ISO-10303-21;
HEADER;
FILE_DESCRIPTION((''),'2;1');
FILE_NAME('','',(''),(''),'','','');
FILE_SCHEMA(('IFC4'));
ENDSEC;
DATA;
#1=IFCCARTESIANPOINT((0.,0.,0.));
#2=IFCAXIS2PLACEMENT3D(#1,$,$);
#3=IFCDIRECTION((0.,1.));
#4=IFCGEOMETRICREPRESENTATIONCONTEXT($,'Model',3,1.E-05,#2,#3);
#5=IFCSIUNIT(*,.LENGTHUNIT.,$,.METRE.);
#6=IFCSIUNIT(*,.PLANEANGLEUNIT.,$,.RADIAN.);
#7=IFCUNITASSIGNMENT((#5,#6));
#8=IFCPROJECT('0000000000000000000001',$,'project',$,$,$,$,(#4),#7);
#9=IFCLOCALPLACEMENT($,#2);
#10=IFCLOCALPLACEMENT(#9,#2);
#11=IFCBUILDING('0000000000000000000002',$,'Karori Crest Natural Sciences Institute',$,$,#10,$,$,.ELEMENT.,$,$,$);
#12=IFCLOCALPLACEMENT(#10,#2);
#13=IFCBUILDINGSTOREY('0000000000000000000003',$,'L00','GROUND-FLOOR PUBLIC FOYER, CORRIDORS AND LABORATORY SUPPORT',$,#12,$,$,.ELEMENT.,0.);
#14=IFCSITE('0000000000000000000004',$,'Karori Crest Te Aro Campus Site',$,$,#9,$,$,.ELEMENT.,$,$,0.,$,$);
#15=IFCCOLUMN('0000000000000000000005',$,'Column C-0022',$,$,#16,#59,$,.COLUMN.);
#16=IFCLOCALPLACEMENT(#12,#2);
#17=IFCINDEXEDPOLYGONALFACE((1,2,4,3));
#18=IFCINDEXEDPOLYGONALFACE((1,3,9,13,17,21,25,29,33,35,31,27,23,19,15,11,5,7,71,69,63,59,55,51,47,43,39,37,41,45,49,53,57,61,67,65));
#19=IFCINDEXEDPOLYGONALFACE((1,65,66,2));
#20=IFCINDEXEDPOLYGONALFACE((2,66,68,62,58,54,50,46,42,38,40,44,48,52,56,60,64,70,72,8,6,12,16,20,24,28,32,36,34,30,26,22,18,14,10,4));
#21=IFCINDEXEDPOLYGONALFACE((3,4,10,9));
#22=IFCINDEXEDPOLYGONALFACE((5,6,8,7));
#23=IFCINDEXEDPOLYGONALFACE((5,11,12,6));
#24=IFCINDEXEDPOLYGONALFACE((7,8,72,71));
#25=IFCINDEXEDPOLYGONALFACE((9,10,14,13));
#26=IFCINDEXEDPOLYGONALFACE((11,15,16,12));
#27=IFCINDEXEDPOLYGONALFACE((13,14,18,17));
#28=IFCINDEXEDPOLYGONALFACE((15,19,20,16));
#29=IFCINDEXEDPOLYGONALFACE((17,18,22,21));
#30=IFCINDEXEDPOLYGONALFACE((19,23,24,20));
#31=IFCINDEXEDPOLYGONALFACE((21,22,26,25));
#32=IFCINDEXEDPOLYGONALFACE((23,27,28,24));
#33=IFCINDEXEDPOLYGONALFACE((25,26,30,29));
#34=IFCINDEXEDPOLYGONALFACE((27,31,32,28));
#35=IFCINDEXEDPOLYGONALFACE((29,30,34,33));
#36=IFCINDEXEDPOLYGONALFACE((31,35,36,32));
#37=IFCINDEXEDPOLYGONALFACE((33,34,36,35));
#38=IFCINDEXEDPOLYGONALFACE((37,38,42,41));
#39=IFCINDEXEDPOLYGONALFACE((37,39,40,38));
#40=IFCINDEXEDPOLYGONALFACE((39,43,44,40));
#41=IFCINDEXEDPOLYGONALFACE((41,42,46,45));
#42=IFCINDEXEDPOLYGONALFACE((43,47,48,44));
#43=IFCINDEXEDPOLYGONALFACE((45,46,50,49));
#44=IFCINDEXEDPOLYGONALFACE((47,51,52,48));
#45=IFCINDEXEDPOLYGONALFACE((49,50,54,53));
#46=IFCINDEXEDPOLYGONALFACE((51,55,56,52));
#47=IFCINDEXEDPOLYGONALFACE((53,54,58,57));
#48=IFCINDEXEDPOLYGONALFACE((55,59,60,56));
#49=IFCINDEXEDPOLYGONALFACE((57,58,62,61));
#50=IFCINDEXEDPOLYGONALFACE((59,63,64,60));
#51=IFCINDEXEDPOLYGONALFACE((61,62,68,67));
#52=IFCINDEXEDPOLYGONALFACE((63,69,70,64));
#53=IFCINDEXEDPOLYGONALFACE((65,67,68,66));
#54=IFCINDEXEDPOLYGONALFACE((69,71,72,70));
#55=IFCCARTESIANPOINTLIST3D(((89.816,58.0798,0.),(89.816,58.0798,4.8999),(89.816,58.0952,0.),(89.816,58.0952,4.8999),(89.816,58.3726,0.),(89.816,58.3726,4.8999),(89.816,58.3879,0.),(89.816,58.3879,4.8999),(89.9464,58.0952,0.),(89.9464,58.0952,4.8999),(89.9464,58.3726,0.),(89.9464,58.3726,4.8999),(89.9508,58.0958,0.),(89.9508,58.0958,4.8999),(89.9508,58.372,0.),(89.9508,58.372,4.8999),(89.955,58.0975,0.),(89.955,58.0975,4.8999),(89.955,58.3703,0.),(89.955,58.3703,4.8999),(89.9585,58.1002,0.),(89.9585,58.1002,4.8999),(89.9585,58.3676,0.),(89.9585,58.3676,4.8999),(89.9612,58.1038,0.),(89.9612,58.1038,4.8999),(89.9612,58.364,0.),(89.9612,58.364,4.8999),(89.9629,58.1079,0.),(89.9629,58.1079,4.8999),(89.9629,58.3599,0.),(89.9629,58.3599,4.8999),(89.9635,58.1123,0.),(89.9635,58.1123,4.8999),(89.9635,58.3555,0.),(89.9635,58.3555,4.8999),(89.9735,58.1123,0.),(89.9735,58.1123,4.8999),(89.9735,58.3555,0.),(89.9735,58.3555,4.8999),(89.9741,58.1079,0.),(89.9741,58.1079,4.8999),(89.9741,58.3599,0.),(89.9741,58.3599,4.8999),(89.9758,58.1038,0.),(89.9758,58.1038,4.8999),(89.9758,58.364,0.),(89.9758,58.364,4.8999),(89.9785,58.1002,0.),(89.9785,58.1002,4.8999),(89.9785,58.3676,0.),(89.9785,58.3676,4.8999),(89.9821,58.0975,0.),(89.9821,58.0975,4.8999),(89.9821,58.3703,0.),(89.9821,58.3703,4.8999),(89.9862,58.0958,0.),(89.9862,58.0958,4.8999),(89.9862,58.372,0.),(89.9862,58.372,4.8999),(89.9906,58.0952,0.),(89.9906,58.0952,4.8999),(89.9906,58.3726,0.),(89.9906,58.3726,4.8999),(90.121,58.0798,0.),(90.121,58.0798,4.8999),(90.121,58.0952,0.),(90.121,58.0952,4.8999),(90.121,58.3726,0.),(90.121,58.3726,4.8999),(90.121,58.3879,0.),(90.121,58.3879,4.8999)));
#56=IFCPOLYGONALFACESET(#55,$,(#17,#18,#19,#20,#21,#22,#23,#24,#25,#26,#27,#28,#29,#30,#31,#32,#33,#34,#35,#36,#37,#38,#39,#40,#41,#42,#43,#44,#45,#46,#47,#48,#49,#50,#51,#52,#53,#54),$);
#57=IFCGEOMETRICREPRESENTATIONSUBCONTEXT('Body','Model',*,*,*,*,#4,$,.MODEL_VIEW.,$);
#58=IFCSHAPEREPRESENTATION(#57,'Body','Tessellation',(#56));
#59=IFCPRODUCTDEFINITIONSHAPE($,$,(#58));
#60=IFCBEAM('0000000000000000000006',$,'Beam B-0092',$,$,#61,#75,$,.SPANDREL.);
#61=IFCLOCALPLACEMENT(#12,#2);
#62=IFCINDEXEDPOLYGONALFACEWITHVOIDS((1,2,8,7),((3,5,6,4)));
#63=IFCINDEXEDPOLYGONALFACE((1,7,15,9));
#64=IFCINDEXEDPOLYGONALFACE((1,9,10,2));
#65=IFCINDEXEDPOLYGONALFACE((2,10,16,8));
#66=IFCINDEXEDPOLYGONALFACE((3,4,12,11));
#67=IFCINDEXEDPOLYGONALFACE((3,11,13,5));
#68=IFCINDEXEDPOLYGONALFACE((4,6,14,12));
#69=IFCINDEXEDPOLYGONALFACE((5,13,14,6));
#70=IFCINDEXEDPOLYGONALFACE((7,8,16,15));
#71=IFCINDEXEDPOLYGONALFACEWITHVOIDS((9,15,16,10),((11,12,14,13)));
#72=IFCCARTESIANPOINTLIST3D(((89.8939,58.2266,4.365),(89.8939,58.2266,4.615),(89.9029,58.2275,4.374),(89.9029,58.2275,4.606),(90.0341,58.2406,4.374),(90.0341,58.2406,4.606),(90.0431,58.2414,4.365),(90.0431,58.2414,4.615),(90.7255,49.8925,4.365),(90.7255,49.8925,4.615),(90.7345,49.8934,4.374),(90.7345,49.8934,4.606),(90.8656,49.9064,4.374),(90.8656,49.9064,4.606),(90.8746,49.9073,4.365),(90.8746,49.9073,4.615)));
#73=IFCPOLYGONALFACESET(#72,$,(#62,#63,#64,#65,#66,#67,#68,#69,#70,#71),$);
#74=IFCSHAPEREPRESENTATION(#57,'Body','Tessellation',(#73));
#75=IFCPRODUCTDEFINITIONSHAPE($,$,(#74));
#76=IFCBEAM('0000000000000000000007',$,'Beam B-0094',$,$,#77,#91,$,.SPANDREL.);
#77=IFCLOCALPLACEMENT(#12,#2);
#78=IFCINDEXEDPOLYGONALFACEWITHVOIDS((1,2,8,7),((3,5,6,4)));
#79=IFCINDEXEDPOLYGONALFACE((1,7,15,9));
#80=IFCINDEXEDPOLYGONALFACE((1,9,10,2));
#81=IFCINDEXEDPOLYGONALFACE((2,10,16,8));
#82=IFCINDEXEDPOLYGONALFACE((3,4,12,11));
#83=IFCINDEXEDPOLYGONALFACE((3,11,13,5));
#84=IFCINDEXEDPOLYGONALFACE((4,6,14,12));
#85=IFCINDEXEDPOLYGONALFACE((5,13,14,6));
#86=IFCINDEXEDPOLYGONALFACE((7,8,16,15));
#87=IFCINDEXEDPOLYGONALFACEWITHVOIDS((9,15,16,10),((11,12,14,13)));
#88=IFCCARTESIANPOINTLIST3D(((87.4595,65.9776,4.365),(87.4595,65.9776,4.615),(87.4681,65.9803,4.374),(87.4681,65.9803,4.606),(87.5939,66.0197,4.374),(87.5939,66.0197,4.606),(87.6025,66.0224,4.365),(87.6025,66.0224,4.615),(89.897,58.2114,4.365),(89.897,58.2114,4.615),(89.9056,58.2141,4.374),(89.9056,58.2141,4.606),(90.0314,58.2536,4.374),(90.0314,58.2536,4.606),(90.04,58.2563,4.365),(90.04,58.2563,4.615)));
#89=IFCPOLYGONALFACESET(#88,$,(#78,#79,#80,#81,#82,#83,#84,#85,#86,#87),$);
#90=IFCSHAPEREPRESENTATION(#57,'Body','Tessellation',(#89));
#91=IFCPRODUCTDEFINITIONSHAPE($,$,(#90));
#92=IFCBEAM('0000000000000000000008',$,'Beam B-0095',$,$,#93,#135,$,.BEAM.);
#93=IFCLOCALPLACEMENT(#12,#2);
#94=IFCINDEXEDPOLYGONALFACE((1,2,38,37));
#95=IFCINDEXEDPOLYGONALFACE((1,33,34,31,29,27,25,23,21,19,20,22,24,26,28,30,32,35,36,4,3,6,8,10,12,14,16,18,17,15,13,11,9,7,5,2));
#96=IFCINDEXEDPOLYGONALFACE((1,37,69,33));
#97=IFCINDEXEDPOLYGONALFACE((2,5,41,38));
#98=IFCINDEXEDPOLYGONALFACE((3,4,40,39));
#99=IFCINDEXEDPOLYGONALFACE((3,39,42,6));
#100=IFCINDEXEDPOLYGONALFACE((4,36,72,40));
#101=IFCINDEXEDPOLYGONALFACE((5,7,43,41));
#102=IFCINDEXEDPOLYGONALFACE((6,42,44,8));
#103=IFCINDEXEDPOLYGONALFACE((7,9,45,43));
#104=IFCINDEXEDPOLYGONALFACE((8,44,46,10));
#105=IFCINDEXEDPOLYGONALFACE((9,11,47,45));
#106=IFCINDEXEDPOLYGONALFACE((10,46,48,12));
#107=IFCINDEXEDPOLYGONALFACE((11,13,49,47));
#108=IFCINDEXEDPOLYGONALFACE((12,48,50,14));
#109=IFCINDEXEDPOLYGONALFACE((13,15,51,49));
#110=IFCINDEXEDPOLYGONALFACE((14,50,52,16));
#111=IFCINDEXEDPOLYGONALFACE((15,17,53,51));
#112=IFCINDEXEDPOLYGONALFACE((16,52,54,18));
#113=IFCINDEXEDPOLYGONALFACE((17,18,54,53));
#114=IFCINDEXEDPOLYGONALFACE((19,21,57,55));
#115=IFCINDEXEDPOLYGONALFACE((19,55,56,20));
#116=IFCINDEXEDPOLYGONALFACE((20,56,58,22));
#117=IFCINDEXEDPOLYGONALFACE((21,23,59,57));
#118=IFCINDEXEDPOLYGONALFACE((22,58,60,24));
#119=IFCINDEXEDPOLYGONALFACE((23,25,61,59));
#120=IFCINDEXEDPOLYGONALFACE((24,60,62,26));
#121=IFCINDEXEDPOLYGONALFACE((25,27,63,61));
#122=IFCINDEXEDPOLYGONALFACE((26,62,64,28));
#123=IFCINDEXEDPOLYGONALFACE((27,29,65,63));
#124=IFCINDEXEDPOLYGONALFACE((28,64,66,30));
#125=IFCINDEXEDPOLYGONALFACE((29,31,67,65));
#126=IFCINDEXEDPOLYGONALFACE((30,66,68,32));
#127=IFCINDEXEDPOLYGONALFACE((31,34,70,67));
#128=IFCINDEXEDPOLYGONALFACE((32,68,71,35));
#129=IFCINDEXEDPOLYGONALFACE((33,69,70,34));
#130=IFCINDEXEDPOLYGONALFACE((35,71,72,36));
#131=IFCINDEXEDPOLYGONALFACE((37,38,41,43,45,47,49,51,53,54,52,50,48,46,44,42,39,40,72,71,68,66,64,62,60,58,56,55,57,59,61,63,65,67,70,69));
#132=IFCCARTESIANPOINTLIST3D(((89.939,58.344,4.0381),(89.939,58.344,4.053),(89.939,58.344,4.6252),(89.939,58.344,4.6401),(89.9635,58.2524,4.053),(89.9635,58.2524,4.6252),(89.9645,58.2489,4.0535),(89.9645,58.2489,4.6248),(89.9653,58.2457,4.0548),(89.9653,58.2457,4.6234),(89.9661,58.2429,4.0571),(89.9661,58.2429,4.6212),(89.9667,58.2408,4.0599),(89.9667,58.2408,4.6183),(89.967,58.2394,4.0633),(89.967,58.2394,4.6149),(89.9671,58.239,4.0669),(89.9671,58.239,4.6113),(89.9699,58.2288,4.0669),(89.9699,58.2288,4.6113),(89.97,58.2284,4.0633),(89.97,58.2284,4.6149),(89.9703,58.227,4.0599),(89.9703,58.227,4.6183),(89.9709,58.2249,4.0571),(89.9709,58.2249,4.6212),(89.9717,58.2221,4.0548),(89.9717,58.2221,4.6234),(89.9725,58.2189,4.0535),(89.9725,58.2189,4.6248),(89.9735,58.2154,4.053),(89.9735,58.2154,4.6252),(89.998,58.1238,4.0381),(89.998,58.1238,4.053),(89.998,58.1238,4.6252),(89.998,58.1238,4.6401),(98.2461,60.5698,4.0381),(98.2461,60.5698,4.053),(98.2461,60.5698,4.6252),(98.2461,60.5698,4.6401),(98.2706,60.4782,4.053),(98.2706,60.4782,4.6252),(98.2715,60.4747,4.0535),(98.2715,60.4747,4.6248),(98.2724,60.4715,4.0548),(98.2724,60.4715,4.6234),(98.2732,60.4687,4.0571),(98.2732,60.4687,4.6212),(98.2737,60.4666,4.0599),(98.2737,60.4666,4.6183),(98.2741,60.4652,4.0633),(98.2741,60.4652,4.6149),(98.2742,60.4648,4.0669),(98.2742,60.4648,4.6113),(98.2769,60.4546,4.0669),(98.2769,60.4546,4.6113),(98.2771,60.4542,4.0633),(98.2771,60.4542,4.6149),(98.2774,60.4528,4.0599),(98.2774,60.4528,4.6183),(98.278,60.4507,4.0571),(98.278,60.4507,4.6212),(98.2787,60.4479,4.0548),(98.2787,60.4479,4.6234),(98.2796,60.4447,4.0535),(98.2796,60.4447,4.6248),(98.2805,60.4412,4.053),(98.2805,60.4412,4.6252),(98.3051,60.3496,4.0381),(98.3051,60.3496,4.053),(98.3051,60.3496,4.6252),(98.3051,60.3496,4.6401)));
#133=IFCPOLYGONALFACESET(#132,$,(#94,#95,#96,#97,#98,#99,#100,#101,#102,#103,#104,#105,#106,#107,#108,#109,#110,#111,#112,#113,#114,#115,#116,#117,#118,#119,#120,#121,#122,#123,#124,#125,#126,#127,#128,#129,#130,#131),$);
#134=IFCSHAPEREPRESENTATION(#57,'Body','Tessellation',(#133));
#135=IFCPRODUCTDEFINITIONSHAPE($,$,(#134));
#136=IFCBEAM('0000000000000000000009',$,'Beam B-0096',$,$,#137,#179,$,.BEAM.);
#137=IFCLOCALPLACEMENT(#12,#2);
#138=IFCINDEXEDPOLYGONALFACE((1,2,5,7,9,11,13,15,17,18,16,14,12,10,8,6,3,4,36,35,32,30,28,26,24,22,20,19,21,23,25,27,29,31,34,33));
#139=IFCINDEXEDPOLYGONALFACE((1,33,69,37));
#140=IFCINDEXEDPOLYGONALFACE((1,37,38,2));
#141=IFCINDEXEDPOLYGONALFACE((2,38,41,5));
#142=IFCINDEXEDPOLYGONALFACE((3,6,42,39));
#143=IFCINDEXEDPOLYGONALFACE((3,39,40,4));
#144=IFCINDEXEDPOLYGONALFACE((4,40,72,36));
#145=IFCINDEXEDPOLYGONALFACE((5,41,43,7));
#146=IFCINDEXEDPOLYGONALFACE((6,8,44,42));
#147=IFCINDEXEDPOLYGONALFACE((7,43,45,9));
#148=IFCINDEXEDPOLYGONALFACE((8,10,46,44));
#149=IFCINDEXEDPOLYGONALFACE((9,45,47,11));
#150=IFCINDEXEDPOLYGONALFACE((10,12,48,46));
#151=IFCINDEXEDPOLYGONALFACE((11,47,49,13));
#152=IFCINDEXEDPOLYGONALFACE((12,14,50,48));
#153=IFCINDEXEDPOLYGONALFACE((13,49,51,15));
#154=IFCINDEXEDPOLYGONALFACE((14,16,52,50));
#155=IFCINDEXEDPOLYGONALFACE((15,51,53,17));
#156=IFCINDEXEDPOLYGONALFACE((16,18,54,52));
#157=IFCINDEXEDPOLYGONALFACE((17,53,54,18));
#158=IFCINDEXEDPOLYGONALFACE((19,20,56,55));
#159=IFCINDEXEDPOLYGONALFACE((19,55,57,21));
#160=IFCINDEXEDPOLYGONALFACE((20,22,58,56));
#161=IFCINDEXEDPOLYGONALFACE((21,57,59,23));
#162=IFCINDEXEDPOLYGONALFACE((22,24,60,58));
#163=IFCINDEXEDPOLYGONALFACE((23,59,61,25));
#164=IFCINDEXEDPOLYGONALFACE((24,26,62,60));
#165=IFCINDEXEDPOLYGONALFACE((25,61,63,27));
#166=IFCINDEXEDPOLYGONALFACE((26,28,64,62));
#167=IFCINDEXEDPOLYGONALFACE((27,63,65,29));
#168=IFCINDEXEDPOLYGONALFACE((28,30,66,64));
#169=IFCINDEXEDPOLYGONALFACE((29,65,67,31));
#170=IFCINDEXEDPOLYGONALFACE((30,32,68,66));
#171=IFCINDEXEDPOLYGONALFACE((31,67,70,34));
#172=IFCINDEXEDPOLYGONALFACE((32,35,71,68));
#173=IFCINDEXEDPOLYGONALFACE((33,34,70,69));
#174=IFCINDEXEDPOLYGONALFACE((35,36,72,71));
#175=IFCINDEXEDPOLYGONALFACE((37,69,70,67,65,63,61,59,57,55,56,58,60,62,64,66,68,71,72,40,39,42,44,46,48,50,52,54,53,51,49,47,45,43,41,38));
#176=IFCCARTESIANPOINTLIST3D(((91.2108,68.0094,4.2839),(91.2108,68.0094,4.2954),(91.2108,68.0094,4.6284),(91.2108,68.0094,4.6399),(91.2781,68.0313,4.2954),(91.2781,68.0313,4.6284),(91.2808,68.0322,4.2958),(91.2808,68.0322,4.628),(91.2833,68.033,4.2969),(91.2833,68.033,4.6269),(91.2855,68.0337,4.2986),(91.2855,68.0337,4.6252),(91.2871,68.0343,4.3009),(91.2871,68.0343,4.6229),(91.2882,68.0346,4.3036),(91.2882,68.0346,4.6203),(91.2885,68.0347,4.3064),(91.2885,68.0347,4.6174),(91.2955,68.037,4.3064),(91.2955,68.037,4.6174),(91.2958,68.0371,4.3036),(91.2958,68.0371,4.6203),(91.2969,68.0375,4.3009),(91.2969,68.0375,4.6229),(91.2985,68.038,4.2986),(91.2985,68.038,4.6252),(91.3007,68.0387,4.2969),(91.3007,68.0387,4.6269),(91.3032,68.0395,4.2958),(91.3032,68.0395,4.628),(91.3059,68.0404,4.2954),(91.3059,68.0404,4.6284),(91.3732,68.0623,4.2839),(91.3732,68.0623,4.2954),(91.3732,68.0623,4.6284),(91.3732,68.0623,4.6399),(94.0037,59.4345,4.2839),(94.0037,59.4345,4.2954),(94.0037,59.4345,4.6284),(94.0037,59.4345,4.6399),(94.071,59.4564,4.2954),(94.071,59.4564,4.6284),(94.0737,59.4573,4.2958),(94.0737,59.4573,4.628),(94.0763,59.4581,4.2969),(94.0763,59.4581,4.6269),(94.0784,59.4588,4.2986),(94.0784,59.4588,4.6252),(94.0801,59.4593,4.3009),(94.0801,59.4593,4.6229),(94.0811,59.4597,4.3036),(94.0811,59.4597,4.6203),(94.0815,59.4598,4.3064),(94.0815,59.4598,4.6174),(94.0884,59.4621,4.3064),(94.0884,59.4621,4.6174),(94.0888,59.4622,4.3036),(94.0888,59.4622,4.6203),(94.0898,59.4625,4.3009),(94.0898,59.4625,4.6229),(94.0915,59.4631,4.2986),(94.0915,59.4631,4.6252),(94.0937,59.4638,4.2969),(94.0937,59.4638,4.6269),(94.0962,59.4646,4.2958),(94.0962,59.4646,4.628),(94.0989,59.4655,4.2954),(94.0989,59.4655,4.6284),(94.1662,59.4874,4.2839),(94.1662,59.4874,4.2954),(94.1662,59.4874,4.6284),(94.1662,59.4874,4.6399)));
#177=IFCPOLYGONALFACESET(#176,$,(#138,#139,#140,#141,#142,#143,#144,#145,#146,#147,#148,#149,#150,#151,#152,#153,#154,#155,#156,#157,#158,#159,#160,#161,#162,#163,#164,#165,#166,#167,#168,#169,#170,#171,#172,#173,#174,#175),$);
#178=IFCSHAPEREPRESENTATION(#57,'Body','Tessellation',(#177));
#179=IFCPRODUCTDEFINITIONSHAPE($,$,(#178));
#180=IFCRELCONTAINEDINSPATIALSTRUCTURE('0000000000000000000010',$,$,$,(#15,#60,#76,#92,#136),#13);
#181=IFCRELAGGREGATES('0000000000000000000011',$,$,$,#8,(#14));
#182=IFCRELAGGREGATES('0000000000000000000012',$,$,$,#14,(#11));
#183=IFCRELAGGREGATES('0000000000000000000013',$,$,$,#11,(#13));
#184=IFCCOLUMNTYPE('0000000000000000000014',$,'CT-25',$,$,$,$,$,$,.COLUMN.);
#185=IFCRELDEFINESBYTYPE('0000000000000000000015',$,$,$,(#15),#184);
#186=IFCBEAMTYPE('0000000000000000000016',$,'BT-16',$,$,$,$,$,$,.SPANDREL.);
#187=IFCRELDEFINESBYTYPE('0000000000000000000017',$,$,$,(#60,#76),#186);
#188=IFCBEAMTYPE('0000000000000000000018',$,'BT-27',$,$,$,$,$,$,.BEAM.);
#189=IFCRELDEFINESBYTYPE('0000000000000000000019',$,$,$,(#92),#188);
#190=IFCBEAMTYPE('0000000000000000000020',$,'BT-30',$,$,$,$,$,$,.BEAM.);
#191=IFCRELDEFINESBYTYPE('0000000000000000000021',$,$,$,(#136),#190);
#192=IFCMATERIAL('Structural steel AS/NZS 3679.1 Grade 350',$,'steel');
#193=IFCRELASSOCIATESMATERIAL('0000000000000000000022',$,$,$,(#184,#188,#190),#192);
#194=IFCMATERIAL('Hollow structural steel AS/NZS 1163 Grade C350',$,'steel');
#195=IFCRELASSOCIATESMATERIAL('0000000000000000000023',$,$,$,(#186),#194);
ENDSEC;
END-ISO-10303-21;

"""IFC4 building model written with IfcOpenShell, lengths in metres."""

from ifc_helpers import new_model, si_unit, direction, frame, origin, origin_2d, place, context, subcontext, project, spatial, hollow_rectangle, i_section, extrude, material, material_profile, profile_set, type_object, element, save


model = new_model("IFC4")

# Units and contexts
model_context = context("Model", 3, precision=1e-05, world=origin(), true_north=direction((0.0, 1.0)))
body_context = subcontext(model_context, "Body", "Model", "MODEL_VIEW")
ifc_project = project(units=[si_unit("LENGTHUNIT", "METRE"), si_unit("PLANEANGLEUNIT", "RADIAN")], contexts=[model_context])

# Site, building, storey
site_placement = place(None, origin())
site = spatial("IfcSite", under=ifc_project, at=site_placement, Name="Karori Crest Te Aro Campus Site", CompositionType="ELEMENT", RefElevation=0.0)
building_placement = place(site_placement, origin())
building = spatial("IfcBuilding", under=site, at=building_placement, Name="Karori Crest Natural Sciences Institute", CompositionType="ELEMENT")
storey_placement = place(building_placement, origin())
storey = spatial("IfcBuildingStorey", under=building, at=storey_placement, Name="L00", Description="GROUND-FLOOR PUBLIC FOYER, CORRIDORS AND LABORATORY SUPPORT", CompositionType="ELEMENT", Elevation=0.0)

# Column
ifc_material_1 = material(Name="Structural steel AS/NZS 3679.1 Grade 350", Category="steel")
ifc_material_profile_1 = material_profile(ifc_material_1, i_section(OverallWidth=0.3049, OverallDepth=0.3081, WebThickness=0.01, FlangeThickness=0.0154, FilletRadius=0.0171, at=origin_2d()), Name="310UC96.8")
ifc_profile_set_1 = profile_set([ifc_material_profile_1], Name="Structural steel AS/NZS 3679.1 Grade 350")
column_type = type_object("IfcColumnType", Name="CT-25", PredefinedType="COLUMN", material=ifc_profile_set_1)
column_placement = place(storey_placement, frame((89.9685, 58.2339, 0.0), z_axis=(0.0, 0.0, 1.0), x_axis=(1.0, 0.0, 0.0)))
element("IfcColumn", 1, at=column_placement, inside=storey, type_object=column_type, Name="Column C-0022", PredefinedType="COLUMN", context=body_context, shape_type="SweptSolid", body=[
    extrude(i_section(OverallWidth=0.3049, OverallDepth=0.3081, WebThickness=0.01, FlangeThickness=0.0154, FilletRadius=0.0171, at=origin_2d()), origin(), (0.0, 0.0, 1.0), 4.8999),
])

# Beams
ifc_material_2 = material(Name="Hollow structural steel AS/NZS 1163 Grade C350", Category="steel")
ifc_material_profile_2 = material_profile(ifc_material_2, hollow_rectangle(XDim=0.1499, YDim=0.25, WallThickness=0.009, at=origin_2d()), Name="RHS250x150x9")
ifc_profile_set_2 = profile_set([ifc_material_profile_2], Name="Hollow structural steel AS/NZS 1163 Grade C350")
beam_type_1 = type_object("IfcBeamType", Name="BT-16", PredefinedType="SPANDREL", material=ifc_profile_set_2)
beam_1_placement = place(storey_placement, frame((90.8, 49.8999, 4.49), z_axis=(-0.099284, 0.995059, 0.0), x_axis=(-0.995059, -0.099284, 0.0)))
element("IfcBeam", 2, at=beam_1_placement, inside=storey, type_object=beam_type_1, Name="Beam B-0092", PredefinedType="SPANDREL", context=body_context, shape_type="SweptSolid", body=[
    extrude(hollow_rectangle(XDim=0.1499, YDim=0.25, WallThickness=0.009, at=origin_2d()), origin(), (0.0, 0.0, 1.0), 8.3755),
])
beam_2_placement = place(storey_placement, frame((89.9685, 58.2339, 4.49), z_axis=(-0.29946, 0.954109, 0.0), x_axis=(-0.954109, -0.29946, 0.0)))
element("IfcBeam", 3, at=beam_2_placement, inside=storey, type_object=beam_type_1, Name="Beam B-0094", PredefinedType="SPANDREL", context=body_context, shape_type="SweptSolid", body=[
    extrude(hollow_rectangle(XDim=0.1499, YDim=0.25, WallThickness=0.009, at=origin_2d()), origin(), (0.0, 0.0, 1.0), 8.1396),
])
ifc_material_profile_3 = material_profile(ifc_material_1, i_section(OverallWidth=0.228, OverallDepth=0.6021, WebThickness=0.0105, FlangeThickness=0.0149, FilletRadius=0.0139, at=origin_2d()), Name="610UB101")
ifc_profile_set_3 = profile_set([ifc_material_profile_3], Name="Structural steel AS/NZS 3679.1 Grade 350")
beam_type_2 = type_object("IfcBeamType", Name="BT-27", PredefinedType="BEAM", material=ifc_profile_set_3)
beam_3_placement = place(storey_placement, frame((89.9685, 58.2339, 4.3391), z_axis=(0.965928, 0.258813, 0.0), x_axis=(-0.258813, 0.965928, 0.0)))
element("IfcBeam", 4, at=beam_3_placement, inside=storey, type_object=beam_type_2, Name="Beam B-0095", PredefinedType="BEAM", context=body_context, shape_type="SweptSolid", body=[
    extrude(i_section(OverallWidth=0.228, OverallDepth=0.6021, WebThickness=0.0105, FlangeThickness=0.0149, FilletRadius=0.0139, at=origin_2d()), origin(), (0.0, 0.0, 1.0), 8.6001),
])
ifc_material_profile_4 = material_profile(ifc_material_1, i_section(OverallWidth=0.1709, OverallDepth=0.356, WebThickness=0.0073, FlangeThickness=0.0115, FilletRadius=0.011, at=origin_2d()), Name="360UB50.7")
ifc_profile_set_4 = profile_set([ifc_material_profile_4], Name="Structural steel AS/NZS 3679.1 Grade 350")
beam_type_3 = type_object("IfcBeamType", Name="BT-30", PredefinedType="BEAM", material=ifc_profile_set_4)
beam_4_placement = place(storey_placement, frame((94.085, 59.4609, 4.4619), z_axis=(-0.309699, 0.950835, 0.0), x_axis=(-0.950835, -0.309699, 0.0)))
element("IfcBeam", 5, at=beam_4_placement, inside=storey, type_object=beam_type_3, Name="Beam B-0096", PredefinedType="BEAM", context=body_context, shape_type="SweptSolid", body=[
    extrude(i_section(OverallWidth=0.1709, OverallDepth=0.356, WebThickness=0.0073, FlangeThickness=0.0115, FilletRadius=0.011, at=origin_2d()), origin(), (0.0, 0.0, 1.0), 9.0183),
])

save(model, "model.ifc")
